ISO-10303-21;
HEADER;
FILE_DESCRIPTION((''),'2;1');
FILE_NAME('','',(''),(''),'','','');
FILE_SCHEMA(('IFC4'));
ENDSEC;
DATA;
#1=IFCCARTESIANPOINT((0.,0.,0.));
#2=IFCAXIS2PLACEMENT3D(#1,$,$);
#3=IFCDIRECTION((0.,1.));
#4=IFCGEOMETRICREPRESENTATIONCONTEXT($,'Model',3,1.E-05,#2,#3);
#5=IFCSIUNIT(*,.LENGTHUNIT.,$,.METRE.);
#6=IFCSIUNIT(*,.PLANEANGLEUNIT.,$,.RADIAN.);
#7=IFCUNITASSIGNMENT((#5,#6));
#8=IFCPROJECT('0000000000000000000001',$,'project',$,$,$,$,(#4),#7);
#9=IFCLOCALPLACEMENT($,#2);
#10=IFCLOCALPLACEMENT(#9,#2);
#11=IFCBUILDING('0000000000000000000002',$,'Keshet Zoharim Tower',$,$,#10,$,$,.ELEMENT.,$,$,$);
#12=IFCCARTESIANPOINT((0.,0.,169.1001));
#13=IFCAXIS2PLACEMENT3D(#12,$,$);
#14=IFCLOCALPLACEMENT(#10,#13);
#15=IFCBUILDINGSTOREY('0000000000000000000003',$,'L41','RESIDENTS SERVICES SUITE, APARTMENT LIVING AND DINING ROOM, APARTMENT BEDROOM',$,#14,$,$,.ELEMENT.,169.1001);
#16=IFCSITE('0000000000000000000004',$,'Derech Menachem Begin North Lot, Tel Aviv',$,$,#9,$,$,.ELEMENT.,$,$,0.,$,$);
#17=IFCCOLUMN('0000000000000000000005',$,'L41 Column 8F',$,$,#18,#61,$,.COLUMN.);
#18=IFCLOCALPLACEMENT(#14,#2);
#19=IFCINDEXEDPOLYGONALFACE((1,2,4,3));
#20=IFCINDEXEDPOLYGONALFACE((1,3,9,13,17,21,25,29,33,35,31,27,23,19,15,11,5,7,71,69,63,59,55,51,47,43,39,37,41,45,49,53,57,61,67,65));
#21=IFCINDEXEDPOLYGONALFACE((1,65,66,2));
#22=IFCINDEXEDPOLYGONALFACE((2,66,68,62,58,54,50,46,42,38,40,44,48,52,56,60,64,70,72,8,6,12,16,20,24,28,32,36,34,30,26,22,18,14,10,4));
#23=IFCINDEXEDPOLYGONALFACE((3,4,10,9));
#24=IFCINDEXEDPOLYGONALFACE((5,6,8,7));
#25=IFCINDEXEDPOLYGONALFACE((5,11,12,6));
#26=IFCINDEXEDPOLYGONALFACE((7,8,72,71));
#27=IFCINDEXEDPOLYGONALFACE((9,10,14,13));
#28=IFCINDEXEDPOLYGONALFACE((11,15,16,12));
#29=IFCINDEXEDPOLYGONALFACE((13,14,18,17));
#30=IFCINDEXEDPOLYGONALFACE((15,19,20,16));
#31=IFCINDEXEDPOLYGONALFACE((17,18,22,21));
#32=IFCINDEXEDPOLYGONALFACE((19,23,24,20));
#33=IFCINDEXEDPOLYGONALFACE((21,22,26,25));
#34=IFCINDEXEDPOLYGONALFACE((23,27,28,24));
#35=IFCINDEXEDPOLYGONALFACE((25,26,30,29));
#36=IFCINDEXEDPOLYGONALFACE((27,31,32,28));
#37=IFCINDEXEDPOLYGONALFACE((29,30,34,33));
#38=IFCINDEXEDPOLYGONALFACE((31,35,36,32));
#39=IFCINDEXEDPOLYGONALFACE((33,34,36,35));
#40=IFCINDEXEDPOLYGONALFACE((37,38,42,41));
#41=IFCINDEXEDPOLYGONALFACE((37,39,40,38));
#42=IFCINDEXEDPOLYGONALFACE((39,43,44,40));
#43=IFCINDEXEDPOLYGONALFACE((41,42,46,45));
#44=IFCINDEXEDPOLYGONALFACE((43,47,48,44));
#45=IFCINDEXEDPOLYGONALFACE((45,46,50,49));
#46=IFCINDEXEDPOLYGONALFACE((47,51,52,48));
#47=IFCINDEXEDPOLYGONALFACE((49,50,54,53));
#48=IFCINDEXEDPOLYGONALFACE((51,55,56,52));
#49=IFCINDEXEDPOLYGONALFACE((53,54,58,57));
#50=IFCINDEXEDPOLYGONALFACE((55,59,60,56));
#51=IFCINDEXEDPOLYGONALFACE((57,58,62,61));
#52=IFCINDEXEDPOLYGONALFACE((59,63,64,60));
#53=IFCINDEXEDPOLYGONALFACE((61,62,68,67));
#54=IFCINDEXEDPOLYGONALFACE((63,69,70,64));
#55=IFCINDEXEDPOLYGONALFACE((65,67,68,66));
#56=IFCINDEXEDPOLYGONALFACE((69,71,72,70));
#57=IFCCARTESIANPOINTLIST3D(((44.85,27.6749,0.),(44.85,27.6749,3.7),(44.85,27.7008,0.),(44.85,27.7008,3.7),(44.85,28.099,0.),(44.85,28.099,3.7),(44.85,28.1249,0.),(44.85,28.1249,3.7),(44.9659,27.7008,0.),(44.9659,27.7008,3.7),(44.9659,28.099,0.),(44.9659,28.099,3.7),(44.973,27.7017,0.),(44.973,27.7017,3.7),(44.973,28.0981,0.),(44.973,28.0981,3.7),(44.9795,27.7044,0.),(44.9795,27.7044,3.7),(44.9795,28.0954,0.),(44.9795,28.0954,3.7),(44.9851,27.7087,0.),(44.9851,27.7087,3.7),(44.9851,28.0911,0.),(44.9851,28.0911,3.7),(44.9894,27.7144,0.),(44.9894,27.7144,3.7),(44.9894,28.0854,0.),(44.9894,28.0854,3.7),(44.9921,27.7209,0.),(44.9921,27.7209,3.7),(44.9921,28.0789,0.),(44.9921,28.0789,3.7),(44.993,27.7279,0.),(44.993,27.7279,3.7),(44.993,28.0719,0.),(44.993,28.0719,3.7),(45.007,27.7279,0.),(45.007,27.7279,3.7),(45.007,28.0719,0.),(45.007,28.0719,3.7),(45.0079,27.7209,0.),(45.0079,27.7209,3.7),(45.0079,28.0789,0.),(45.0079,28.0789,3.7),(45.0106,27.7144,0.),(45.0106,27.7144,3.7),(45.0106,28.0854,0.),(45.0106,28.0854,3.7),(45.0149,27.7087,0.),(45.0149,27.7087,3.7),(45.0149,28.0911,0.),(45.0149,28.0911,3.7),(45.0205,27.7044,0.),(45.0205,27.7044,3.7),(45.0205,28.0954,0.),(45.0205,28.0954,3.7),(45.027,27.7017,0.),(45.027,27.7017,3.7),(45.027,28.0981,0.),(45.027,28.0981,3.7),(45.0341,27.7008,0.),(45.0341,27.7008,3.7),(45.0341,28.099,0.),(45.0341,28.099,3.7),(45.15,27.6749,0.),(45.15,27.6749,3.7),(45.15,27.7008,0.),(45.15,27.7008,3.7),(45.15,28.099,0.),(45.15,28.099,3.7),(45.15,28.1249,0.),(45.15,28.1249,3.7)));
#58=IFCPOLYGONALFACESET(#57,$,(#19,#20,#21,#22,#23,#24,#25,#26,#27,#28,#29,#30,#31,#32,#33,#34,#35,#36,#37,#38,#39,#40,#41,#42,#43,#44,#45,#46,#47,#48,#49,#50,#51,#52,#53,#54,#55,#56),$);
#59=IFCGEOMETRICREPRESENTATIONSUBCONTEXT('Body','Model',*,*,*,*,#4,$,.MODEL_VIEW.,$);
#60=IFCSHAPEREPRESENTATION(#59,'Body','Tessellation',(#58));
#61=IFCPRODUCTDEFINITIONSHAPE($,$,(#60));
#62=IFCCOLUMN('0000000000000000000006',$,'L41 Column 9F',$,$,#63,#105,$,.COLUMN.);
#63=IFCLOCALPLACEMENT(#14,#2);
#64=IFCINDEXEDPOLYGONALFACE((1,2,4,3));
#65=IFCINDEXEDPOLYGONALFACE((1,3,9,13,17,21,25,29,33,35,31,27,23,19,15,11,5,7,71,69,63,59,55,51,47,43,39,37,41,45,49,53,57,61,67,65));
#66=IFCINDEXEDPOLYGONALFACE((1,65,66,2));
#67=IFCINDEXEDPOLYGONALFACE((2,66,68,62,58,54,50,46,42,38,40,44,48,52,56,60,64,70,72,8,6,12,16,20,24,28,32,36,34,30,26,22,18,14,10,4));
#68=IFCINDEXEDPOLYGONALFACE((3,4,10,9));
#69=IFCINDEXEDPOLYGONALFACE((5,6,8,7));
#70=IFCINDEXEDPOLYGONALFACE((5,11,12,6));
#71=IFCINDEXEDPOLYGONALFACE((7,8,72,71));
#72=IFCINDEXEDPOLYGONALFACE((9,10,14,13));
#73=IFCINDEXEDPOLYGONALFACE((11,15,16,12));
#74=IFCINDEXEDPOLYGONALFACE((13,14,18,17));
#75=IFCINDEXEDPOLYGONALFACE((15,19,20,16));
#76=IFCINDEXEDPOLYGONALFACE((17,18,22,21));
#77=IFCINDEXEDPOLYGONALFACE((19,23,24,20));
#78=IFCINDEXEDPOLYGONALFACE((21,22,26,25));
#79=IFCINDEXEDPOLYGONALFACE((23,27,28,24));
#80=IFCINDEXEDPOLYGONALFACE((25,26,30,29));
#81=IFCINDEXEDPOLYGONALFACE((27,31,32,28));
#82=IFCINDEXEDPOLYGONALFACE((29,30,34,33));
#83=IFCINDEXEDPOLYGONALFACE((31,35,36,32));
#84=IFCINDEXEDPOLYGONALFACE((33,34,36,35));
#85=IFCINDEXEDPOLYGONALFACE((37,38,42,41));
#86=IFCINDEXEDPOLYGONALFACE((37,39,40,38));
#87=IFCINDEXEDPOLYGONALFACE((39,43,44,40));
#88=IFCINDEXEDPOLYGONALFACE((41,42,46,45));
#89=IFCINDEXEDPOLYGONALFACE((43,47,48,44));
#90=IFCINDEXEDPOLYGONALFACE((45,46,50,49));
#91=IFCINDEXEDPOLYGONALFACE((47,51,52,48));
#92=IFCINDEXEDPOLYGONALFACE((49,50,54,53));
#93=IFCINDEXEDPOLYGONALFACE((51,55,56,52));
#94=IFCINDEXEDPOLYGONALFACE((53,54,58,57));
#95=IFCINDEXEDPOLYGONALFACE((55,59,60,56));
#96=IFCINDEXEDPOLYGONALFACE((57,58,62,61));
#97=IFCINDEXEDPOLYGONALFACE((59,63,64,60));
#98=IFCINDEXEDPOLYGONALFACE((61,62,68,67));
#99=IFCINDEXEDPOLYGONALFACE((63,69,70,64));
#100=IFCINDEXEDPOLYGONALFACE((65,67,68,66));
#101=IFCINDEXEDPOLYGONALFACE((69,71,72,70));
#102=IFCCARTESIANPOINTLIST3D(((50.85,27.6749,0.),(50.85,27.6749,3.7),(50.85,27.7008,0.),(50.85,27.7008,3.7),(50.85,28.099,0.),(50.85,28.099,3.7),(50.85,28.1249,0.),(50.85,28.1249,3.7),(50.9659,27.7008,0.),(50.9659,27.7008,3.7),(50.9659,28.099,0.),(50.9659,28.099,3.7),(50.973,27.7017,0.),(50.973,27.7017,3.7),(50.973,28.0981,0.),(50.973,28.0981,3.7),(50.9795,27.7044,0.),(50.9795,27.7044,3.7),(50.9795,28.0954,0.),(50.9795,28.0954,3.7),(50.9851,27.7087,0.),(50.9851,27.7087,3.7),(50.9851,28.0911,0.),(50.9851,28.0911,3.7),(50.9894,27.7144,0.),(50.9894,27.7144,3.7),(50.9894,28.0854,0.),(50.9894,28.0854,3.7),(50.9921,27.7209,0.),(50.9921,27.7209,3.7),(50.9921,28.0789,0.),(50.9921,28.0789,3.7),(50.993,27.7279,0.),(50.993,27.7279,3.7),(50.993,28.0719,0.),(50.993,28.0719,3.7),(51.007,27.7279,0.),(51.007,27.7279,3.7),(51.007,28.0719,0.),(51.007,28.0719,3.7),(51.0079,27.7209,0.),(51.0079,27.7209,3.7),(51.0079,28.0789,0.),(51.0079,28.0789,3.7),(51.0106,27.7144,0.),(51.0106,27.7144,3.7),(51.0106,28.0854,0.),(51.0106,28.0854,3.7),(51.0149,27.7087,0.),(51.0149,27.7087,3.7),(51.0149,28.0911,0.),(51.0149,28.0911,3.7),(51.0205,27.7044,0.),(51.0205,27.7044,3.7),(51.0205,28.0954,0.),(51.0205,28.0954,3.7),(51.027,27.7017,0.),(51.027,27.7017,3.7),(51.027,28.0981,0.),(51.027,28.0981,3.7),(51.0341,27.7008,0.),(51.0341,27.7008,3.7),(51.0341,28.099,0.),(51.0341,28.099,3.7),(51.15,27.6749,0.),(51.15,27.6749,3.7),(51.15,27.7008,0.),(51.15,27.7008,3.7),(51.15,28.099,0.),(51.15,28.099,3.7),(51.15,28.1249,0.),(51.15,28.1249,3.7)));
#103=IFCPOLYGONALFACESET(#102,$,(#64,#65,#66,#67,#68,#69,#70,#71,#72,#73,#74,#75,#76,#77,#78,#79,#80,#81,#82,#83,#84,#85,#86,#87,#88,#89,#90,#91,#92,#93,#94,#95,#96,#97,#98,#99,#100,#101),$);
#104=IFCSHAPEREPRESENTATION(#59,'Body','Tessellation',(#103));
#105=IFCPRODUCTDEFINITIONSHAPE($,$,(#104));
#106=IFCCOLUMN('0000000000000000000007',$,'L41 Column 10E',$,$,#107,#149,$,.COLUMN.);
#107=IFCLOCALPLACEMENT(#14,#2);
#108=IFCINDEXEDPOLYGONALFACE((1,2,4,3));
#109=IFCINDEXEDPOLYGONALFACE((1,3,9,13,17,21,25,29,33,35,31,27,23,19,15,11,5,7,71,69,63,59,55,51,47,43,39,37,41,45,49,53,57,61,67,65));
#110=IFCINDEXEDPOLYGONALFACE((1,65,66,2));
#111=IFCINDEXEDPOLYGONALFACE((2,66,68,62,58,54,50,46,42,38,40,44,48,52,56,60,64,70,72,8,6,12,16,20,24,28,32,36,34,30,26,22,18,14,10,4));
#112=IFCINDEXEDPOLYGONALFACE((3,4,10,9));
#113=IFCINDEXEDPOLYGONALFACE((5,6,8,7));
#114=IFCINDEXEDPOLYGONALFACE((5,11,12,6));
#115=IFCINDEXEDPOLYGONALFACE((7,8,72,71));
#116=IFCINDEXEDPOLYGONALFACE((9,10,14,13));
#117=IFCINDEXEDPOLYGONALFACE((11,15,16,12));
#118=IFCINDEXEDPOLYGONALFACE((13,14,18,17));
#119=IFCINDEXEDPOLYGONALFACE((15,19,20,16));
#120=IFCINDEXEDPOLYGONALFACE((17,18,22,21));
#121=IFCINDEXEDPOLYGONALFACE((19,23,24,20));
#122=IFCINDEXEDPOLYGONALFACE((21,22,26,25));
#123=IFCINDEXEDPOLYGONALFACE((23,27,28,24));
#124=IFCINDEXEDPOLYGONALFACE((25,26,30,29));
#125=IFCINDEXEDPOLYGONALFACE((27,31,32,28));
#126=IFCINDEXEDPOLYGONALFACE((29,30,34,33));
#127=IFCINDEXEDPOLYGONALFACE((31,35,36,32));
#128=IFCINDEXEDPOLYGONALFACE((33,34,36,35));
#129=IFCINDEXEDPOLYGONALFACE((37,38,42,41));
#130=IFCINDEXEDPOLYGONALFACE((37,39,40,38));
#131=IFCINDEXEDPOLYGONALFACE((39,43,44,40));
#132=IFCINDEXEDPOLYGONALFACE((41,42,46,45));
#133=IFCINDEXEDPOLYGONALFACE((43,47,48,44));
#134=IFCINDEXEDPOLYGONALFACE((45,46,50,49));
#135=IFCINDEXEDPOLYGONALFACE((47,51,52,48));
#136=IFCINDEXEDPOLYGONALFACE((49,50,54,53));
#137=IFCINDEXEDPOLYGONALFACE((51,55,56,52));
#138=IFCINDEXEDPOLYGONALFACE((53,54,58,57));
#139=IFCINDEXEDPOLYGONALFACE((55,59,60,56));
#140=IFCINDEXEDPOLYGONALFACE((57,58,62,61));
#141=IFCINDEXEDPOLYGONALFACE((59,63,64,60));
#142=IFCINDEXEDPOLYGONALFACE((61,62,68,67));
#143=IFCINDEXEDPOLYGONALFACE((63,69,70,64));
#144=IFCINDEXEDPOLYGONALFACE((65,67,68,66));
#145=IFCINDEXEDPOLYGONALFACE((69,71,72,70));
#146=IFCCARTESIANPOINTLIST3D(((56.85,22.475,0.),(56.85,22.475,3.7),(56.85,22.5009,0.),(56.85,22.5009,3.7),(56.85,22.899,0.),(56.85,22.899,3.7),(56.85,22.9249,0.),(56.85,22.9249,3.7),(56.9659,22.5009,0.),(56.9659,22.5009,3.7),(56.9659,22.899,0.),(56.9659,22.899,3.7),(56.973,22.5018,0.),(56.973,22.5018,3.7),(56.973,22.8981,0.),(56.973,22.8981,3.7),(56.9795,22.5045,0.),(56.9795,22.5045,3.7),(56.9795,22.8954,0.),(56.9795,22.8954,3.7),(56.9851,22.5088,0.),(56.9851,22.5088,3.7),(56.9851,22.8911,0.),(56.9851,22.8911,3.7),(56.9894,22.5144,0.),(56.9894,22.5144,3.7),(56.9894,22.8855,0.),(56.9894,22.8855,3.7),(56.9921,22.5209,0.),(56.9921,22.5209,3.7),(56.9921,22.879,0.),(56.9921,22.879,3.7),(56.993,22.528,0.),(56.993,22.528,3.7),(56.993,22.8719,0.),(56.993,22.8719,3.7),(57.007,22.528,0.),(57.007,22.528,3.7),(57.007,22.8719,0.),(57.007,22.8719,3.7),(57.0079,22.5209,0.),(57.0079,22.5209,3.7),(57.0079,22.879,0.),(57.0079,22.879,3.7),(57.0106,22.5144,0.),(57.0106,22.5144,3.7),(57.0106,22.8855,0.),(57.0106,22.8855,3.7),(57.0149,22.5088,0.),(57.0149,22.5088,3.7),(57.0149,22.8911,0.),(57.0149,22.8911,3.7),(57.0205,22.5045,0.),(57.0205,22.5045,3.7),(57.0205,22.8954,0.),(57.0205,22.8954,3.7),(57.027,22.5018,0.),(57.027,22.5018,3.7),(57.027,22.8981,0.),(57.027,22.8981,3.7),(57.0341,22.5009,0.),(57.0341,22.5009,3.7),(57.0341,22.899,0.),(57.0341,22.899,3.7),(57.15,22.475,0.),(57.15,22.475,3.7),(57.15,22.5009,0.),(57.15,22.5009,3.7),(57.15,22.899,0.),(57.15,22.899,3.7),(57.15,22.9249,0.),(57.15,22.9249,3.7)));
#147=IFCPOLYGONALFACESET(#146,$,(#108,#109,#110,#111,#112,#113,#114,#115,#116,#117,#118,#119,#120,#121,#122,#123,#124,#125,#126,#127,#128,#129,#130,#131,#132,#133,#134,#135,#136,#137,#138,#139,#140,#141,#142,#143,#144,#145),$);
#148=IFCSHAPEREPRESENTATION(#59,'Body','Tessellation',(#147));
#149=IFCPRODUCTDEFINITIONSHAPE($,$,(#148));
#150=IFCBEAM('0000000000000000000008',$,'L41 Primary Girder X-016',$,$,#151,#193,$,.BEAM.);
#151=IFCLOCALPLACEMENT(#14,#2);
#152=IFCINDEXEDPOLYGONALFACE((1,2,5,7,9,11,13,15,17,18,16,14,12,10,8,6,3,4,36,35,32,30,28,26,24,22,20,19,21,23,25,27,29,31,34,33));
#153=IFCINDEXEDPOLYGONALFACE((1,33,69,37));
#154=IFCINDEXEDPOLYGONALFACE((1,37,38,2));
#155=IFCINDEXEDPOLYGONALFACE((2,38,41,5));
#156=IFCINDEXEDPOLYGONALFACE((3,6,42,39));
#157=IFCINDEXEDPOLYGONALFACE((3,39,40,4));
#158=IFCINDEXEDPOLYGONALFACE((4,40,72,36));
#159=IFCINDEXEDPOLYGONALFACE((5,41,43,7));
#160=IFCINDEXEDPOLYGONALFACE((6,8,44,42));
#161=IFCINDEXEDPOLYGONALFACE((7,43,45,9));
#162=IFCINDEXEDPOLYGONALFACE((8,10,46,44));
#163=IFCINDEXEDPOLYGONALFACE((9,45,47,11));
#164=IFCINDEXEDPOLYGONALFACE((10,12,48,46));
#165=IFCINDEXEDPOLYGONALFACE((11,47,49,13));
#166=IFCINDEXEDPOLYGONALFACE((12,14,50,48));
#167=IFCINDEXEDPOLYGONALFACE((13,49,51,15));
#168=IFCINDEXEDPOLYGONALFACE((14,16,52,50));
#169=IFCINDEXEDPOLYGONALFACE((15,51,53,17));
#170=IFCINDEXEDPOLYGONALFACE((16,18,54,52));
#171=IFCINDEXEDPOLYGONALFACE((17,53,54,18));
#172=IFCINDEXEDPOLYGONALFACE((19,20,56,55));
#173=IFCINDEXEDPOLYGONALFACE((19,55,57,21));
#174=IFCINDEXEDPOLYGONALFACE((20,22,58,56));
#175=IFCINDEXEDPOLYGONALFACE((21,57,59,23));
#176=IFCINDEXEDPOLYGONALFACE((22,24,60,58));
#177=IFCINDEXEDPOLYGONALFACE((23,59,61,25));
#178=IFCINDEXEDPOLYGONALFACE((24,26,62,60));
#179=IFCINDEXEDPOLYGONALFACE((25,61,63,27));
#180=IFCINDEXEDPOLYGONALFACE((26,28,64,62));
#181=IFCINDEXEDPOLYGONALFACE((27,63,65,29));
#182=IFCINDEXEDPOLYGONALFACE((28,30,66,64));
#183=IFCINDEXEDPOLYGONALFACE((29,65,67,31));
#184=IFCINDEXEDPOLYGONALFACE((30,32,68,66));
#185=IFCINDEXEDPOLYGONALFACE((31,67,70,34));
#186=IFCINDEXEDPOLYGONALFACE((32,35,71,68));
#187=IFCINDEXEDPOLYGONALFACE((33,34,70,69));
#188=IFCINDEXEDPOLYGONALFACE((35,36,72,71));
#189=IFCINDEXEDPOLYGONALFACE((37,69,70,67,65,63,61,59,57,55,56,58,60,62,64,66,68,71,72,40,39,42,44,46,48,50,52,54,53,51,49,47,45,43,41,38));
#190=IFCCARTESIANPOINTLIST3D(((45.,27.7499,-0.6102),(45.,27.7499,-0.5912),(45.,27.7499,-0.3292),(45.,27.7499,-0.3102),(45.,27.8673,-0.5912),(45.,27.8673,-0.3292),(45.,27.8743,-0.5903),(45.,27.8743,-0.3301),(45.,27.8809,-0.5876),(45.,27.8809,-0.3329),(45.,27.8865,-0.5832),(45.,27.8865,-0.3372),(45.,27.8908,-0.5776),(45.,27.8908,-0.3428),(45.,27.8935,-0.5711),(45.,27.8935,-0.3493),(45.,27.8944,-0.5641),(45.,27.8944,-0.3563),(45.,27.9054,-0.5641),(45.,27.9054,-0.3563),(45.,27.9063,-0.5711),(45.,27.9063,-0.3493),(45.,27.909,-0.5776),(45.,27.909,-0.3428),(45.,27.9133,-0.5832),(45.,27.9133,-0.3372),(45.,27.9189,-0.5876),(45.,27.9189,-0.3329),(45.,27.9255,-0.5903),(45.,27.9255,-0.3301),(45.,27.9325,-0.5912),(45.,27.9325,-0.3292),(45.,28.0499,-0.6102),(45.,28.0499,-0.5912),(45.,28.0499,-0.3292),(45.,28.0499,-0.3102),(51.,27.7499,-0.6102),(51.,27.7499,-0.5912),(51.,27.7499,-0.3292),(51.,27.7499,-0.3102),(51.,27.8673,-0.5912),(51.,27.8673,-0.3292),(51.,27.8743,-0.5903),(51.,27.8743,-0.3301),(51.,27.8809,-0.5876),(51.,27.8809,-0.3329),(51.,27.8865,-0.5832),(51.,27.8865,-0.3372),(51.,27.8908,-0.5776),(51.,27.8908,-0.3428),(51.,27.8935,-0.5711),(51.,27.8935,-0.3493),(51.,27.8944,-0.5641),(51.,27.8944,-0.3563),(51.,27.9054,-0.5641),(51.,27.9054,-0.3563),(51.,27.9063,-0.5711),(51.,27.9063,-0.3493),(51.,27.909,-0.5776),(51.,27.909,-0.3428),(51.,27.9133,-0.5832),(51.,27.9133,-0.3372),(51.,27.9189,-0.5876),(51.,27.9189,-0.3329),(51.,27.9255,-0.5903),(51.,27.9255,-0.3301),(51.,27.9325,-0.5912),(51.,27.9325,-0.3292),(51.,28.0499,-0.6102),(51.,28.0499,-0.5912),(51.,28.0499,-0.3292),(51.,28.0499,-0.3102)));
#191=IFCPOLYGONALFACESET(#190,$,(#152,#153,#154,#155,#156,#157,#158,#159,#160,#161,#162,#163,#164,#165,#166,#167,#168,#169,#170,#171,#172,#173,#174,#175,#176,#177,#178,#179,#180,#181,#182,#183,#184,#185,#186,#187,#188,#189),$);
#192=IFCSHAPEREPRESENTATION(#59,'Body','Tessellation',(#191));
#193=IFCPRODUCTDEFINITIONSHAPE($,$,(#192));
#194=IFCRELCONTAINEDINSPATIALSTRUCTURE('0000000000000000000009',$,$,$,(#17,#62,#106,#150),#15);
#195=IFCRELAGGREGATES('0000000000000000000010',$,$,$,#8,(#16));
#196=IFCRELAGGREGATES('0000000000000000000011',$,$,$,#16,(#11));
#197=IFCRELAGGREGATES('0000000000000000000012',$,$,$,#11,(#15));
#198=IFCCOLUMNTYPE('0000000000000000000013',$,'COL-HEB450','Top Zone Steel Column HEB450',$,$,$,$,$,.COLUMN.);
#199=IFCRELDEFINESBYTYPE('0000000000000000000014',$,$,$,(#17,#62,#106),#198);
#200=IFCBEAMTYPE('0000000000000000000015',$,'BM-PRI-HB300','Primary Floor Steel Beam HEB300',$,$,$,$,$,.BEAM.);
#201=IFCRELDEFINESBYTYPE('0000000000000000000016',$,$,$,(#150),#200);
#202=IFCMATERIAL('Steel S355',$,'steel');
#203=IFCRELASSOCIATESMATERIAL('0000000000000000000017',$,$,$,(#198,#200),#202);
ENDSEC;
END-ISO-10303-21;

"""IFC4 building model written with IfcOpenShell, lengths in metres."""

from ifc_helpers import new_model, si_unit, direction, frame, origin, origin_2d, place, context, subcontext, project, spatial, i_section, extrude, material, material_profile, profile_set, type_object, element, save


model = new_model("IFC4")

# Units and contexts
model_context = context("Model", 3, precision=1e-05, world=origin(), true_north=direction((0.0, 1.0)))
body_context = subcontext(model_context, "Body", "Model", "MODEL_VIEW")
ifc_project = project(units=[si_unit("LENGTHUNIT", "METRE"), si_unit("PLANEANGLEUNIT", "RADIAN")], contexts=[model_context])

# Site, building, storey
site_placement = place(None, origin())
site = spatial("IfcSite", under=ifc_project, at=site_placement, Name="Derech Menachem Begin North Lot, Tel Aviv", CompositionType="ELEMENT", RefElevation=0.0)
building_placement = place(site_placement, origin())
building = spatial("IfcBuilding", under=site, at=building_placement, Name="Keshet Zoharim Tower", CompositionType="ELEMENT")
storey_placement = place(building_placement, frame((0.0, 0.0, 169.1001)))
storey = spatial("IfcBuildingStorey", under=building, at=storey_placement, Name="L41", Description="RESIDENTS SERVICES SUITE, APARTMENT LIVING AND DINING ROOM, APARTMENT BEDROOM", CompositionType="ELEMENT", Elevation=169.1001)

# Columns
ifc_material_1 = material(Name="Steel S355", Category="steel")
ifc_material_profile_1 = material_profile(ifc_material_1, i_section(OverallWidth=0.3, OverallDepth=0.45, WebThickness=0.0139, FlangeThickness=0.0259, FilletRadius=0.0271, at=origin_2d()), Name="HEB450")
ifc_profile_set_1 = profile_set([ifc_material_profile_1], Name="Steel S355")
column_type = type_object("IfcColumnType", Name="COL-HEB450", Description="Top Zone Steel Column HEB450", PredefinedType="COLUMN", material=ifc_profile_set_1)
for number, where, z_axis, x_axis, name in (
    (1, (45.0, 27.8999, 0.0), (0.0, 0.0, 1.0), (1.0, 0.0, 0.0), "L41 Column 8F"),
    (2, (51.0, 27.8999, 0.0), (0.0, 0.0, 1.0), (1.0, 0.0, 0.0), "L41 Column 9F"),
    (3, (57.0, 22.7, 0.0), (0.0, 0.0, 1.0), (1.0, 0.0, 0.0), "L41 Column 10E"),
):
    element("IfcColumn", number, at=place(storey_placement, frame(where, z_axis=z_axis, x_axis=x_axis)), inside=storey, type_object=column_type, Name=name, PredefinedType="COLUMN", context=body_context, shape_type="SweptSolid", body=[
        extrude(i_section(OverallWidth=0.3, OverallDepth=0.45, WebThickness=0.0139, FlangeThickness=0.0259, FilletRadius=0.0271, at=origin_2d()), origin(), (0.0, 0.0, 1.0), 3.7),
    ])

# Beam
ifc_material_profile_2 = material_profile(ifc_material_1, i_section(OverallWidth=0.3, OverallDepth=0.3, WebThickness=0.011, FlangeThickness=0.019, FilletRadius=0.0271, at=origin_2d()), Name="HEB300")
ifc_profile_set_2 = profile_set([ifc_material_profile_2], Name="Steel S355")
beam_type = type_object("IfcBeamType", Name="BM-PRI-HB300", Description="Primary Floor Steel Beam HEB300", PredefinedType="BEAM", material=ifc_profile_set_2)
beam_placement = place(storey_placement, frame((45.0, 27.8999, -0.4602), z_axis=(1.0, 0.0, 0.0), x_axis=(0.0, 1.0, 0.0)))
element("IfcBeam", 4, at=beam_placement, inside=storey, type_object=beam_type, Name="L41 Primary Girder X-016", PredefinedType="BEAM", context=body_context, shape_type="SweptSolid", body=[
    extrude(i_section(OverallWidth=0.3, OverallDepth=0.3, WebThickness=0.011, FlangeThickness=0.019, FilletRadius=0.0271, at=origin_2d()), origin(), (0.0, 0.0, 1.0), 6.0),
])

save(model, "model.ifc")
